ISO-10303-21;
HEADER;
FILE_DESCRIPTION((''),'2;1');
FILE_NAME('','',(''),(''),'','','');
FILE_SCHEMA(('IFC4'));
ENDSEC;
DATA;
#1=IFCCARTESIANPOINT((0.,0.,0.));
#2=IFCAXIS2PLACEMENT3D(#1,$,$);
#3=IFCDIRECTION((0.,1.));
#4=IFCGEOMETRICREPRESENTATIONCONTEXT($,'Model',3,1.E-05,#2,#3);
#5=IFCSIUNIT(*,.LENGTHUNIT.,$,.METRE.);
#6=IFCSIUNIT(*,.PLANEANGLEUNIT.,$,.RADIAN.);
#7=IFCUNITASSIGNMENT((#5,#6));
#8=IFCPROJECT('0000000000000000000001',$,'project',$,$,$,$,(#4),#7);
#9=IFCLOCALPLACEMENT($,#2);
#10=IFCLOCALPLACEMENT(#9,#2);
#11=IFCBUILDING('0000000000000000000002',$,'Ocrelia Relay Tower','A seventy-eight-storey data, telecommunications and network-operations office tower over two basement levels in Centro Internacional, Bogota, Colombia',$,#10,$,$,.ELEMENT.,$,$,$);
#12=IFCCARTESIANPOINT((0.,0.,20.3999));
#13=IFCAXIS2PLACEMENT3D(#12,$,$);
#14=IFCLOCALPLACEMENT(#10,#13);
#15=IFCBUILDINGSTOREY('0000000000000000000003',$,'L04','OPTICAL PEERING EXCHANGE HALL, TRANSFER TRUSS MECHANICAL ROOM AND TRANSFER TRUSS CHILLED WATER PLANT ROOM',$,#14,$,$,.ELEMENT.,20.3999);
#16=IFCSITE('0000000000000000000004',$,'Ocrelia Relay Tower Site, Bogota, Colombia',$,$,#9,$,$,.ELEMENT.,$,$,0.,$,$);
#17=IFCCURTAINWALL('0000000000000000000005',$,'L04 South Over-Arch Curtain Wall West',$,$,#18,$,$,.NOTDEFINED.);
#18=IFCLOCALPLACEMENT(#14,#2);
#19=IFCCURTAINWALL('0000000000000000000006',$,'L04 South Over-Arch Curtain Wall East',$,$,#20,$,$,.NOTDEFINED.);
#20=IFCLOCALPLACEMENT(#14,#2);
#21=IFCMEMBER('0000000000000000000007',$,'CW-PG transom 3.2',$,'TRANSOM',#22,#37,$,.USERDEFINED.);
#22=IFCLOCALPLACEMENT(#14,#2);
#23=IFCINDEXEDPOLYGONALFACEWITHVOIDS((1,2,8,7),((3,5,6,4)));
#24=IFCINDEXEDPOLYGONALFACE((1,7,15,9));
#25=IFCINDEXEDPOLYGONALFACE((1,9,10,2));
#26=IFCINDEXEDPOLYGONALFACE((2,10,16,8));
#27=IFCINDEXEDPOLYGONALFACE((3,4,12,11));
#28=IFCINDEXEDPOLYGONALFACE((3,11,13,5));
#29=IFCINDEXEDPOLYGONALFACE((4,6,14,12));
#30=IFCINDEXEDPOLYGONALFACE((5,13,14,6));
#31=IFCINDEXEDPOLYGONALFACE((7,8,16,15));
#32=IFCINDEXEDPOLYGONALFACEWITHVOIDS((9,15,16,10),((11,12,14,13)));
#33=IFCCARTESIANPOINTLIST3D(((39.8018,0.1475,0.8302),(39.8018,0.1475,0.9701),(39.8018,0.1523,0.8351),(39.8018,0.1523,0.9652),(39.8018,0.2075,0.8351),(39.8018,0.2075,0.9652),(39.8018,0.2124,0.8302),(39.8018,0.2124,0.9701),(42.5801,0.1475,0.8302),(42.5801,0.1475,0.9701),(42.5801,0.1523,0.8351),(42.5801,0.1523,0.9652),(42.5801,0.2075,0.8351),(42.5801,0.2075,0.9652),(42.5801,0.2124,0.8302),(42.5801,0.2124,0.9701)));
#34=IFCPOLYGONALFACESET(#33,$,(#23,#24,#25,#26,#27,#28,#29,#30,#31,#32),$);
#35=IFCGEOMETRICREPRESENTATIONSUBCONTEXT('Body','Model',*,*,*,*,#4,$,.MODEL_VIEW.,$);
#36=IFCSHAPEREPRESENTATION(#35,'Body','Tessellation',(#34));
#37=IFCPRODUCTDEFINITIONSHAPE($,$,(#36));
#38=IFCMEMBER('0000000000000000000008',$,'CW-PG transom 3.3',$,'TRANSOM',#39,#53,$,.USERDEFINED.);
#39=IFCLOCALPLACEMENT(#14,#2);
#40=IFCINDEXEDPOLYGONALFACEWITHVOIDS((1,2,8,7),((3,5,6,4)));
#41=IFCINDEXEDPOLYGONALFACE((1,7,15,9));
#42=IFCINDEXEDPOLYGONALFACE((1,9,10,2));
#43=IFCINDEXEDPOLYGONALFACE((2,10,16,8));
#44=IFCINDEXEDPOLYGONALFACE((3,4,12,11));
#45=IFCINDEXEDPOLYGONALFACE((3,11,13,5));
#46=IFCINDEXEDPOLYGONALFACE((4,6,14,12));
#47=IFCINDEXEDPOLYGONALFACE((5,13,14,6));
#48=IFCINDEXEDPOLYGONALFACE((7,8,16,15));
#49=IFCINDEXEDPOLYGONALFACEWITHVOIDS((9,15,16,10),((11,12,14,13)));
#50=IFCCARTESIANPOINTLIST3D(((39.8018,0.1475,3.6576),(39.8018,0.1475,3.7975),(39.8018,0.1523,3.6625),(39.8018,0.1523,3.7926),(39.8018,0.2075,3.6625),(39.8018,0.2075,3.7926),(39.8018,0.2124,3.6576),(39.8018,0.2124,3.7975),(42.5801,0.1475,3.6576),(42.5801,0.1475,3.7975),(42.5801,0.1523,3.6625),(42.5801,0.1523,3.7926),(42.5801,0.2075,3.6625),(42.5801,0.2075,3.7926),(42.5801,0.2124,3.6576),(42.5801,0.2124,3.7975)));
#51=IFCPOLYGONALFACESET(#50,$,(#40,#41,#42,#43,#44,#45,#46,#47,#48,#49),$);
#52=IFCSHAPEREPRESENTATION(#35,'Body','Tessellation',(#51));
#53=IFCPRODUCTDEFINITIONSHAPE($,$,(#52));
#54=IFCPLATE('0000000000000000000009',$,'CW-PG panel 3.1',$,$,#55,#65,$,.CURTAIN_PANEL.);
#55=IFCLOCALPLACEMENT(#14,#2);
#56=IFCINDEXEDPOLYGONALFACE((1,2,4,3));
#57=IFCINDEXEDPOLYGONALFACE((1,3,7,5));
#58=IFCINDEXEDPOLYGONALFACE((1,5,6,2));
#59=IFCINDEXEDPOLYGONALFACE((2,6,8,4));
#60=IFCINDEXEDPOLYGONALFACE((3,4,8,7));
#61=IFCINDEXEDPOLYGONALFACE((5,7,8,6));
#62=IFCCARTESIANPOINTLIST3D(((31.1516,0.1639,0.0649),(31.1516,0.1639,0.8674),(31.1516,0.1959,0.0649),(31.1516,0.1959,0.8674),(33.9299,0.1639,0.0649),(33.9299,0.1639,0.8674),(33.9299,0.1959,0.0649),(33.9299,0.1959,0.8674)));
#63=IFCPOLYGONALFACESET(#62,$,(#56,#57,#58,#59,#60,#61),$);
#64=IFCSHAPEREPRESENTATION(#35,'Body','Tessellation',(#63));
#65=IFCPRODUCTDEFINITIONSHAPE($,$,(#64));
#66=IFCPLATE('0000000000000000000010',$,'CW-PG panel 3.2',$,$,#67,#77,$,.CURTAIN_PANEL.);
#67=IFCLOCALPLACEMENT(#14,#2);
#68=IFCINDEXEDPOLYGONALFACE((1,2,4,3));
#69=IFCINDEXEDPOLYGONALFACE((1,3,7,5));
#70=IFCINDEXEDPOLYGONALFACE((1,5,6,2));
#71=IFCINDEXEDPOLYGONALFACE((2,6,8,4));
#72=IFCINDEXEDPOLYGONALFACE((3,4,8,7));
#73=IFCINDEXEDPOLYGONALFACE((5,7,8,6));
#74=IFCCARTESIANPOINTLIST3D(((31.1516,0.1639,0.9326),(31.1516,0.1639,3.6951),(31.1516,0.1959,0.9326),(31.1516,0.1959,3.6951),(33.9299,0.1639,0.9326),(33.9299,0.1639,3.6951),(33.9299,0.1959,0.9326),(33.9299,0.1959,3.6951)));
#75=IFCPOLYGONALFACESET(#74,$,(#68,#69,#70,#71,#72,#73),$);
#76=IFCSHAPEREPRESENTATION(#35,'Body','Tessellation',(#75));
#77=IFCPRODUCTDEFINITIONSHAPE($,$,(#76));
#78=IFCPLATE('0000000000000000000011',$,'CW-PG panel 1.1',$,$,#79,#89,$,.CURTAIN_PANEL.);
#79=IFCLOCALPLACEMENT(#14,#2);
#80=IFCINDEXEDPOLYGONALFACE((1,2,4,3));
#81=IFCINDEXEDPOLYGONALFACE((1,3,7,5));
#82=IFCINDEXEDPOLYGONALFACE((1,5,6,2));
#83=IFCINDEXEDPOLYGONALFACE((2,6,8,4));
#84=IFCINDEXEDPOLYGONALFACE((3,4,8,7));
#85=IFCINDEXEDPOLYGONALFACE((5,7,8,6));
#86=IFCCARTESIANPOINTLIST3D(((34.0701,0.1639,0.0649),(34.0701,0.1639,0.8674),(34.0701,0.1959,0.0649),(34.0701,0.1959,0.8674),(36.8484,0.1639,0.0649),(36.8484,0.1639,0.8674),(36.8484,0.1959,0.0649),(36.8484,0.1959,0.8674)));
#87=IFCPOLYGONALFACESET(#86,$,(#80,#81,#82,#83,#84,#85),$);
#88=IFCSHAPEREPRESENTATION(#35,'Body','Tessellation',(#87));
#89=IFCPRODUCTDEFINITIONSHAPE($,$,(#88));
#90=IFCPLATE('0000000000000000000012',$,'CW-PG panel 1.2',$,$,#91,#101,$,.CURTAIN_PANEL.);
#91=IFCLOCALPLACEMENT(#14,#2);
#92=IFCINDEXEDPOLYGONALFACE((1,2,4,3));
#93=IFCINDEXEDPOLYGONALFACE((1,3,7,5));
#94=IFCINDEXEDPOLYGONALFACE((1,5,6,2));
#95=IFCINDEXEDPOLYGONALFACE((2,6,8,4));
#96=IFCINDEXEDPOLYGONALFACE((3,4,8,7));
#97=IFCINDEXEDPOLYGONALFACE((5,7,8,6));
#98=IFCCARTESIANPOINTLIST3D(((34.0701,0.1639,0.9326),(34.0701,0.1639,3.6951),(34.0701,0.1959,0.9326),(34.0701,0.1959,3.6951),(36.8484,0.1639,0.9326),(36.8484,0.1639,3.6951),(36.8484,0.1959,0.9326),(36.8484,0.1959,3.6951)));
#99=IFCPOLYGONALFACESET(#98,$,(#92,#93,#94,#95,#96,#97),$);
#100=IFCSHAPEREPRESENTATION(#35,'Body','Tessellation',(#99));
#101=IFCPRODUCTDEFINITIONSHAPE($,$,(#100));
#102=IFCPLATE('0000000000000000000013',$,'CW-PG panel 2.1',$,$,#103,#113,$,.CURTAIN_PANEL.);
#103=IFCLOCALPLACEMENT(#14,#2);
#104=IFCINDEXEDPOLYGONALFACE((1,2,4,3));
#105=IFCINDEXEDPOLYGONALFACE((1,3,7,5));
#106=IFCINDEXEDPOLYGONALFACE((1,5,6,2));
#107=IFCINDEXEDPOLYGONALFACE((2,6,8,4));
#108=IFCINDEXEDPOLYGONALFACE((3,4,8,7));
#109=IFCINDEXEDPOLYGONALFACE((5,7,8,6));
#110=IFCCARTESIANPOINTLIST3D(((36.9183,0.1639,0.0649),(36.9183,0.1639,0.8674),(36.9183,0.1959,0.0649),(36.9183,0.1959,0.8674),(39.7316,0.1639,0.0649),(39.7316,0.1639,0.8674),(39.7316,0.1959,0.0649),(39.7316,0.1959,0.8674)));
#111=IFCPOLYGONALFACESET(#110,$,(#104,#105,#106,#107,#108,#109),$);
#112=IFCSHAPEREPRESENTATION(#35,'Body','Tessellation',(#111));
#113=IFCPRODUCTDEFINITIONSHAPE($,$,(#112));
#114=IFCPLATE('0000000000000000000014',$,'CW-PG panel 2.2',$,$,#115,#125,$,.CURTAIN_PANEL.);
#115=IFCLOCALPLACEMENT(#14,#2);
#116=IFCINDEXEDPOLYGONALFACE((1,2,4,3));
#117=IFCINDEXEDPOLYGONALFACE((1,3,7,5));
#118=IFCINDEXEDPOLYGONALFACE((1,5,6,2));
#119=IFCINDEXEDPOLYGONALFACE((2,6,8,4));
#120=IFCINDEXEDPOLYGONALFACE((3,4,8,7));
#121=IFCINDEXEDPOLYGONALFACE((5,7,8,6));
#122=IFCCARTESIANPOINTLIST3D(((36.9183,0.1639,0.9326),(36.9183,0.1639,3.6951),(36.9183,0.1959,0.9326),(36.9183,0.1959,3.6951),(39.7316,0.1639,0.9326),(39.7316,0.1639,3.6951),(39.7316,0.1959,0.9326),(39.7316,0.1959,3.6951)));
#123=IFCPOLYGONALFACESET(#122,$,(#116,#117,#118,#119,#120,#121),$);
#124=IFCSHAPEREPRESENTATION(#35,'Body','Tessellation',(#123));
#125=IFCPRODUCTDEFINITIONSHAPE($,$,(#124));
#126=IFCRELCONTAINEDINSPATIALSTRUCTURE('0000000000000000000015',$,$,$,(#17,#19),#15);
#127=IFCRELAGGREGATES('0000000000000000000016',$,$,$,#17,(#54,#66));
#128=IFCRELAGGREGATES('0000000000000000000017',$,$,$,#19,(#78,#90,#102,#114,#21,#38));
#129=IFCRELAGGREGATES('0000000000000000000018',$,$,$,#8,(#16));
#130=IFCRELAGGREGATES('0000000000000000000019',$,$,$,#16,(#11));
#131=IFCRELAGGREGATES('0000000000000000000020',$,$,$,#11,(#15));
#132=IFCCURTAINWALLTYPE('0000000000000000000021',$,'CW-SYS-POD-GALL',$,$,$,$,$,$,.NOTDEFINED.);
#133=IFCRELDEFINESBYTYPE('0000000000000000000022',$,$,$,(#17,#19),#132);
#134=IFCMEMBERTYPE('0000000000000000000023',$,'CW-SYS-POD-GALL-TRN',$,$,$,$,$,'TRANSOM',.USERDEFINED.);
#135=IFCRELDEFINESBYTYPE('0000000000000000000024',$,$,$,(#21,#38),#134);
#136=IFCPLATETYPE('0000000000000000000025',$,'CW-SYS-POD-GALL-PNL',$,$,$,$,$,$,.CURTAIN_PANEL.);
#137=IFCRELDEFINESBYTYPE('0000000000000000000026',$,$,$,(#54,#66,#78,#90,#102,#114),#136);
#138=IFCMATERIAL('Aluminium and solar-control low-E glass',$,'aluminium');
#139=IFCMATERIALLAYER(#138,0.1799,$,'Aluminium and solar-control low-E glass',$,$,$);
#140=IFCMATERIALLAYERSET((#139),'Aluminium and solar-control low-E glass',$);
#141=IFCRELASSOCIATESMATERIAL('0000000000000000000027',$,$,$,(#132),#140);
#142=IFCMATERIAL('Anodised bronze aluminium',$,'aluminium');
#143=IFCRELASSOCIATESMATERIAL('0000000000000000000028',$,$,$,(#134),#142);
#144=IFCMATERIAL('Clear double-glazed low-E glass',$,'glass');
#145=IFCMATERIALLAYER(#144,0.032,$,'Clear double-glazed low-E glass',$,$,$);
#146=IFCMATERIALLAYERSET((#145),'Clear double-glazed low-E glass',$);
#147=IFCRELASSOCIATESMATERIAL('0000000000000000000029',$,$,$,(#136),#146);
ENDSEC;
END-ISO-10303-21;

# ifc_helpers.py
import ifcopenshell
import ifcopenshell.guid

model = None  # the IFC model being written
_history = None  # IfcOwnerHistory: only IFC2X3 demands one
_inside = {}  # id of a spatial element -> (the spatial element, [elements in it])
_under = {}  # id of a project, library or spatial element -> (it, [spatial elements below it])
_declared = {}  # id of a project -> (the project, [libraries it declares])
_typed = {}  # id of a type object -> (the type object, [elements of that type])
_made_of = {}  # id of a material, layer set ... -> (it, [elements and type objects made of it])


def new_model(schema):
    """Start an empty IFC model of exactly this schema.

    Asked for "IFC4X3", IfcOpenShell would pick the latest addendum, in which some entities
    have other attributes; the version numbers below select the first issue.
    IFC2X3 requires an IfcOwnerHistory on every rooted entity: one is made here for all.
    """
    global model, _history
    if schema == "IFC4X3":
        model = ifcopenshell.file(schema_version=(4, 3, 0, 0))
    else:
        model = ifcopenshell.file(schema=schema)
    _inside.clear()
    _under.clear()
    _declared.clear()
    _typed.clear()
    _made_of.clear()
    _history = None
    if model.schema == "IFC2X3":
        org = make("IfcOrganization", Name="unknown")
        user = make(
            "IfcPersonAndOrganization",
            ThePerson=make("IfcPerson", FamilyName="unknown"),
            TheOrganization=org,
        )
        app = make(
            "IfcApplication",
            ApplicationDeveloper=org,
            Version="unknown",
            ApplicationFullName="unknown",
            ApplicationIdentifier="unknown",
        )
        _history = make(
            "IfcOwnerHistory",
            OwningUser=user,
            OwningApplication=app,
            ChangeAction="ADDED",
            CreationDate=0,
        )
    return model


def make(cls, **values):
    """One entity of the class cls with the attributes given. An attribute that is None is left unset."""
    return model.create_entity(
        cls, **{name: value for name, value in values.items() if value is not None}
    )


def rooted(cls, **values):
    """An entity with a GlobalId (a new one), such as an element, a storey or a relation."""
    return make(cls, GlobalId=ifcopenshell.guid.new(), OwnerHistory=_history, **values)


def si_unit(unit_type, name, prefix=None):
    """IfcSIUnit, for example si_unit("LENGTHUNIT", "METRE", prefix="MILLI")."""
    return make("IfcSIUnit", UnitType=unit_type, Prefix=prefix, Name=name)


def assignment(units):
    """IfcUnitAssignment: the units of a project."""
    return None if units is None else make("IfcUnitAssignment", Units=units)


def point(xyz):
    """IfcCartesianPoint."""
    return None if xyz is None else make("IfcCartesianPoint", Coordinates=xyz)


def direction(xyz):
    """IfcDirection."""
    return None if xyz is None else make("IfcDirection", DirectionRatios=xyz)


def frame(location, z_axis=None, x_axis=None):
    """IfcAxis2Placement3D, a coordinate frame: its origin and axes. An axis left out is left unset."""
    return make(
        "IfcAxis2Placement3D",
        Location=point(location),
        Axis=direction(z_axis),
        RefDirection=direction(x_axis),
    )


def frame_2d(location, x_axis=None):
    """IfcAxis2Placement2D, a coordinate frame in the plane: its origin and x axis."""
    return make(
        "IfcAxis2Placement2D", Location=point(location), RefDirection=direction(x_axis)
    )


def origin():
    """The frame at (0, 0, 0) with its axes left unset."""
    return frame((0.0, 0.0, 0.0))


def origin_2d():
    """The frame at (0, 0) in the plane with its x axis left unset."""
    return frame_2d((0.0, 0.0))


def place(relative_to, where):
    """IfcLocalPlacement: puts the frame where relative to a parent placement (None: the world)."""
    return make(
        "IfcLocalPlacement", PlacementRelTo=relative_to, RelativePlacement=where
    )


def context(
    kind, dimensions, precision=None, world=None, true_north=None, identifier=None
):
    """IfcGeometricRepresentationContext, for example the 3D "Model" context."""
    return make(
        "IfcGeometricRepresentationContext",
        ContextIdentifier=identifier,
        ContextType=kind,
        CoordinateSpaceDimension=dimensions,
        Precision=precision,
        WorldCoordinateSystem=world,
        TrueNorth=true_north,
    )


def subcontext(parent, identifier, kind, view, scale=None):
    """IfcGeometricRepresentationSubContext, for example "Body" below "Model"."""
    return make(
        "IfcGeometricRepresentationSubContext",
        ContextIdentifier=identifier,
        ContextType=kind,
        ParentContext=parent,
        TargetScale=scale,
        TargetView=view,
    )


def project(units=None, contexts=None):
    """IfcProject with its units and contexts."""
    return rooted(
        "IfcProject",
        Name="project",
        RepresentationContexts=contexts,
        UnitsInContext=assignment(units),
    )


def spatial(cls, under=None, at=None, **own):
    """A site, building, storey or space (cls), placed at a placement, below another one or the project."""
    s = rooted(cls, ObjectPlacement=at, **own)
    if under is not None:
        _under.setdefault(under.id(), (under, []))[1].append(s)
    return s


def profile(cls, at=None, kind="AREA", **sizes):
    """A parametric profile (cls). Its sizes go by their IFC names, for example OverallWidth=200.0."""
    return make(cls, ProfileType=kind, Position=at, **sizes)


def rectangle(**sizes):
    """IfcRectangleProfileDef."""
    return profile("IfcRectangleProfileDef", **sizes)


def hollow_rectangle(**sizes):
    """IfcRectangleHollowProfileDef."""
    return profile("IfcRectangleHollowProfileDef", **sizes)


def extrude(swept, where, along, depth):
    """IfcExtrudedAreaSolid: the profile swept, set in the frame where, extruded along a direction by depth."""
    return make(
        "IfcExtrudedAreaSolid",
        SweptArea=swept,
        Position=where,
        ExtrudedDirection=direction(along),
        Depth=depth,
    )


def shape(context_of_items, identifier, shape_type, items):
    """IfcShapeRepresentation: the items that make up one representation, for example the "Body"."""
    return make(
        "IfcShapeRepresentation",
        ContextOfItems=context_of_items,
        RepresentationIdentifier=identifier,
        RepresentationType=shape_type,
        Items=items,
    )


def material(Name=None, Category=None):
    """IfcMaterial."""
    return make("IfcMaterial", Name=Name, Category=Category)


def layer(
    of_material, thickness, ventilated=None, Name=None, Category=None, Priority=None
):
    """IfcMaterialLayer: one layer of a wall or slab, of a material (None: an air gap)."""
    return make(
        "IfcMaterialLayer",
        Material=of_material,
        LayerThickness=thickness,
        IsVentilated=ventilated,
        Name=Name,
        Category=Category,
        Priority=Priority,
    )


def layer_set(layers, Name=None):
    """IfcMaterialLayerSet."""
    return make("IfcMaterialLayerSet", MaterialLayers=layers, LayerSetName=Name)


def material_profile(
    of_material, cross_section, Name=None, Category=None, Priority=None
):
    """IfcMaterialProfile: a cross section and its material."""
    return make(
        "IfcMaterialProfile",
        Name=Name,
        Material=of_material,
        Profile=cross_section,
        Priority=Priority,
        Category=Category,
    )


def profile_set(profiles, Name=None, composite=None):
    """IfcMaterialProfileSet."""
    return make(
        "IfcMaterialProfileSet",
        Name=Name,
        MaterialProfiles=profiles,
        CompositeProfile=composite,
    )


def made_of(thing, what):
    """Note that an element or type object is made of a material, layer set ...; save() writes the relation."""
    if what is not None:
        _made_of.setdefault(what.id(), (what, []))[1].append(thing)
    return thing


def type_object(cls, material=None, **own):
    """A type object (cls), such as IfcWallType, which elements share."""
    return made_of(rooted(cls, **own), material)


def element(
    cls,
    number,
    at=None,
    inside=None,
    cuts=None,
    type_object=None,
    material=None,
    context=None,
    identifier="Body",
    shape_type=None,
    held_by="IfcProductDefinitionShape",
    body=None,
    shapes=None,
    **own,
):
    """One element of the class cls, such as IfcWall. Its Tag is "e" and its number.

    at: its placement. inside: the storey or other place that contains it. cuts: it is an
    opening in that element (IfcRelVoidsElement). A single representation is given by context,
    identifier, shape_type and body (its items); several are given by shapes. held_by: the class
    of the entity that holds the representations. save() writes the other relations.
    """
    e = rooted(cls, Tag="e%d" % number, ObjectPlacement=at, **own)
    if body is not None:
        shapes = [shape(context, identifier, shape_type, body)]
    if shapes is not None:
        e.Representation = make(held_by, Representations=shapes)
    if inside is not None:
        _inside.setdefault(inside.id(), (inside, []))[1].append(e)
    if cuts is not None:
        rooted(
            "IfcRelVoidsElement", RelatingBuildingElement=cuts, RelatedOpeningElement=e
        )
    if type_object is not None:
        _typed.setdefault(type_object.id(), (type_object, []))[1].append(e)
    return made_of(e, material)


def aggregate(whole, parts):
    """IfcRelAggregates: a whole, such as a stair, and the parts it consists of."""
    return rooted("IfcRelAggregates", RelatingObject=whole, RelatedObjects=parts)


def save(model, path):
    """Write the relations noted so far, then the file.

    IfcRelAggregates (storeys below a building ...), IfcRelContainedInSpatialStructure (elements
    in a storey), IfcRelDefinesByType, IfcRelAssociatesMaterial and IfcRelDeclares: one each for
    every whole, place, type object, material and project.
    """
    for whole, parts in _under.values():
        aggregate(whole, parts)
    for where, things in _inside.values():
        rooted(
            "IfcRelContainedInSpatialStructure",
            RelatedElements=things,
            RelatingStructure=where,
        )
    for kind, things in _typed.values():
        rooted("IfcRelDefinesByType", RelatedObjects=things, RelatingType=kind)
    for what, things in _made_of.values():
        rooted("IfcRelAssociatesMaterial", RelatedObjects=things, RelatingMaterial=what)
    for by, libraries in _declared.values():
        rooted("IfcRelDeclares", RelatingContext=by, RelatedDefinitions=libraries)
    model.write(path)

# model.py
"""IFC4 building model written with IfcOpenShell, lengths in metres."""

from ifc_helpers import new_model, si_unit, direction, frame, origin, origin_2d, place, context, subcontext, project, spatial, rectangle, hollow_rectangle, extrude, material, layer, layer_set, material_profile, profile_set, type_object, element, aggregate, save


model = new_model("IFC4")

# Units and contexts
model_context = context("Model", 3, precision=1e-05, world=origin(), true_north=direction((0.0, 1.0)))
body_context = subcontext(model_context, "Body", "Model", "MODEL_VIEW")
ifc_project = project(units=[si_unit("LENGTHUNIT", "METRE"), si_unit("PLANEANGLEUNIT", "RADIAN")], contexts=[model_context])

# Site, building, storey
site_placement = place(None, origin())
site = spatial("IfcSite", under=ifc_project, at=site_placement, Name="Ocrelia Relay Tower Site, Bogota, Colombia", CompositionType="ELEMENT", RefElevation=0.0)
building_placement = place(site_placement, origin())
building = spatial("IfcBuilding", under=site, at=building_placement, Name="Ocrelia Relay Tower", Description="A seventy-eight-storey data, telecommunications and network-operations office tower over two basement levels in Centro Internacional, Bogota, Colombia", CompositionType="ELEMENT")
storey_placement = place(building_placement, frame((0.0, 0.0, 20.3999)))
storey = spatial("IfcBuildingStorey", under=building, at=storey_placement, Name="L04", Description="OPTICAL PEERING EXCHANGE HALL, TRANSFER TRUSS MECHANICAL ROOM AND TRANSFER TRUSS CHILLED WATER PLANT ROOM", CompositionType="ELEMENT", Elevation=20.3999)

# Curtain wall
ifc_material_1 = material(Name="Aluminium and solar-control low-E glass", Category="aluminium")
ifc_layer_1 = layer(ifc_material_1, 0.1799, Name="Aluminium and solar-control low-E glass")
ifc_layer_set_1 = layer_set([ifc_layer_1], Name="Aluminium and solar-control low-E glass")
curtain_wall_type = type_object("IfcCurtainWallType", Name="CW-SYS-POD-GALL", PredefinedType="NOTDEFINED", material=ifc_layer_set_1)
curtain_wall_1_placement = place(storey_placement, origin())
curtain_wall_1 = element("IfcCurtainWall", 1, at=curtain_wall_1_placement, inside=storey, type_object=curtain_wall_type, Name="L04 South Over-Arch Curtain Wall West", PredefinedType="NOTDEFINED")
ifc_material_2 = material(Name="Anodised bronze aluminium", Category="aluminium")

# Curtain wall, members
curtain_wall_2_placement = place(storey_placement, origin())
curtain_wall_2 = element("IfcCurtainWall", 2, at=curtain_wall_2_placement, inside=storey, type_object=curtain_wall_type, Name="L04 South Over-Arch Curtain Wall East", PredefinedType="NOTDEFINED")
ifc_material_profile_1 = material_profile(ifc_material_2, hollow_rectangle(XDim=0.0649, YDim=0.1399, WallThickness=0.0049, at=origin_2d()), Name="CW-TRN-140x65")
ifc_profile_set_1 = profile_set([ifc_material_profile_1], Name="Anodised bronze aluminium")
member_type_1 = type_object("IfcMemberType", Name="CW-SYS-POD-GALL-TRN", ElementType="TRANSOM", PredefinedType="USERDEFINED", material=ifc_profile_set_1)
member_1_placement = place(storey_placement, frame((39.8018, 0.1799, 0.9001), z_axis=(1.0, 0.0, 0.0), x_axis=(0.0, 1.0, 0.0)))
member_1 = element("IfcMember", 3, at=member_1_placement, type_object=member_type_1, Name="CW-PG transom 3.2", ObjectType="TRANSOM", PredefinedType="USERDEFINED", context=body_context, shape_type="SweptSolid", body=[
    extrude(hollow_rectangle(XDim=0.0649, YDim=0.1399, WallThickness=0.0049, at=origin_2d()), origin(), (0.0, 0.0, 1.0), 2.7783),
])
member_2_placement = place(storey_placement, frame((39.8018, 0.1799, 3.7275), z_axis=(1.0, 0.0, 0.0), x_axis=(0.0, 1.0, 0.0)))
member_2 = element("IfcMember", 4, at=member_2_placement, type_object=member_type_1, Name="CW-PG transom 3.3", ObjectType="TRANSOM", PredefinedType="USERDEFINED", context=body_context, shape_type="SweptSolid", body=[
    extrude(hollow_rectangle(XDim=0.0649, YDim=0.1399, WallThickness=0.0049, at=origin_2d()), origin(), (0.0, 0.0, 1.0), 2.7783),
])

# Plates
ifc_material_3 = material(Name="Clear double-glazed low-E glass", Category="glass")
ifc_layer_2 = layer(ifc_material_3, 0.032, Name="Clear double-glazed low-E glass")
ifc_layer_set_2 = layer_set([ifc_layer_2], Name="Clear double-glazed low-E glass")
plate_type = type_object("IfcPlateType", Name="CW-SYS-POD-GALL-PNL", PredefinedType="CURTAIN_PANEL", material=ifc_layer_set_2)
plate_1_placement = place(storey_placement, frame((32.5408, 0.1799, 0.0649), z_axis=(0.0, 0.0, 1.0), x_axis=(1.0, 0.0, 0.0)))
plate_1 = element("IfcPlate", 5, at=plate_1_placement, type_object=plate_type, Name="CW-PG panel 3.1", PredefinedType="CURTAIN_PANEL", context=body_context, shape_type="SweptSolid", body=[
    extrude(rectangle(XDim=2.7783, YDim=0.032, at=origin_2d()), origin(), (0.0, 0.0, 1.0), 0.8025),
])
plate_2_placement = place(storey_placement, frame((32.5408, 0.1799, 0.9326), z_axis=(0.0, 0.0, 1.0), x_axis=(1.0, 0.0, 0.0)))
plate_2 = element("IfcPlate", 6, at=plate_2_placement, type_object=plate_type, Name="CW-PG panel 3.2", PredefinedType="CURTAIN_PANEL", context=body_context, shape_type="SweptSolid", body=[
    extrude(rectangle(XDim=2.7783, YDim=0.032, at=origin_2d()), origin(), (0.0, 0.0, 1.0), 2.7625),
])
aggregate(curtain_wall_1, [plate_1, plate_2])
plate_3_placement = place(storey_placement, frame((35.4592, 0.1799, 0.0649), z_axis=(0.0, 0.0, 1.0), x_axis=(1.0, 0.0, 0.0)))
plate_3 = element("IfcPlate", 7, at=plate_3_placement, type_object=plate_type, Name="CW-PG panel 1.1", PredefinedType="CURTAIN_PANEL", context=body_context, shape_type="SweptSolid", body=[
    extrude(rectangle(XDim=2.7783, YDim=0.032, at=origin_2d()), origin(), (0.0, 0.0, 1.0), 0.8025),
])
plate_4_placement = place(storey_placement, frame((35.4592, 0.1799, 0.9326), z_axis=(0.0, 0.0, 1.0), x_axis=(1.0, 0.0, 0.0)))
plate_4 = element("IfcPlate", 8, at=plate_4_placement, type_object=plate_type, Name="CW-PG panel 1.2", PredefinedType="CURTAIN_PANEL", context=body_context, shape_type="SweptSolid", body=[
    extrude(rectangle(XDim=2.7783, YDim=0.032, at=origin_2d()), origin(), (0.0, 0.0, 1.0), 2.7625),
])
plate_5_placement = place(storey_placement, frame((38.325, 0.1799, 0.0649), z_axis=(0.0, 0.0, 1.0), x_axis=(1.0, 0.0, 0.0)))
plate_5 = element("IfcPlate", 9, at=plate_5_placement, type_object=plate_type, Name="CW-PG panel 2.1", PredefinedType="CURTAIN_PANEL", context=body_context, shape_type="SweptSolid", body=[
    extrude(rectangle(XDim=2.8132, YDim=0.032, at=origin_2d()), origin(), (0.0, 0.0, 1.0), 0.8025),
])
plate_6_placement = place(storey_placement, frame((38.325, 0.1799, 0.9326), z_axis=(0.0, 0.0, 1.0), x_axis=(1.0, 0.0, 0.0)))
plate_6 = element("IfcPlate", 10, at=plate_6_placement, type_object=plate_type, Name="CW-PG panel 2.2", PredefinedType="CURTAIN_PANEL", context=body_context, shape_type="SweptSolid", body=[
    extrude(rectangle(XDim=2.8132, YDim=0.032, at=origin_2d()), origin(), (0.0, 0.0, 1.0), 2.7625),
])
aggregate(curtain_wall_2, [plate_3, plate_4, plate_5, plate_6, member_1, member_2])

save(model, "model.ifc")
